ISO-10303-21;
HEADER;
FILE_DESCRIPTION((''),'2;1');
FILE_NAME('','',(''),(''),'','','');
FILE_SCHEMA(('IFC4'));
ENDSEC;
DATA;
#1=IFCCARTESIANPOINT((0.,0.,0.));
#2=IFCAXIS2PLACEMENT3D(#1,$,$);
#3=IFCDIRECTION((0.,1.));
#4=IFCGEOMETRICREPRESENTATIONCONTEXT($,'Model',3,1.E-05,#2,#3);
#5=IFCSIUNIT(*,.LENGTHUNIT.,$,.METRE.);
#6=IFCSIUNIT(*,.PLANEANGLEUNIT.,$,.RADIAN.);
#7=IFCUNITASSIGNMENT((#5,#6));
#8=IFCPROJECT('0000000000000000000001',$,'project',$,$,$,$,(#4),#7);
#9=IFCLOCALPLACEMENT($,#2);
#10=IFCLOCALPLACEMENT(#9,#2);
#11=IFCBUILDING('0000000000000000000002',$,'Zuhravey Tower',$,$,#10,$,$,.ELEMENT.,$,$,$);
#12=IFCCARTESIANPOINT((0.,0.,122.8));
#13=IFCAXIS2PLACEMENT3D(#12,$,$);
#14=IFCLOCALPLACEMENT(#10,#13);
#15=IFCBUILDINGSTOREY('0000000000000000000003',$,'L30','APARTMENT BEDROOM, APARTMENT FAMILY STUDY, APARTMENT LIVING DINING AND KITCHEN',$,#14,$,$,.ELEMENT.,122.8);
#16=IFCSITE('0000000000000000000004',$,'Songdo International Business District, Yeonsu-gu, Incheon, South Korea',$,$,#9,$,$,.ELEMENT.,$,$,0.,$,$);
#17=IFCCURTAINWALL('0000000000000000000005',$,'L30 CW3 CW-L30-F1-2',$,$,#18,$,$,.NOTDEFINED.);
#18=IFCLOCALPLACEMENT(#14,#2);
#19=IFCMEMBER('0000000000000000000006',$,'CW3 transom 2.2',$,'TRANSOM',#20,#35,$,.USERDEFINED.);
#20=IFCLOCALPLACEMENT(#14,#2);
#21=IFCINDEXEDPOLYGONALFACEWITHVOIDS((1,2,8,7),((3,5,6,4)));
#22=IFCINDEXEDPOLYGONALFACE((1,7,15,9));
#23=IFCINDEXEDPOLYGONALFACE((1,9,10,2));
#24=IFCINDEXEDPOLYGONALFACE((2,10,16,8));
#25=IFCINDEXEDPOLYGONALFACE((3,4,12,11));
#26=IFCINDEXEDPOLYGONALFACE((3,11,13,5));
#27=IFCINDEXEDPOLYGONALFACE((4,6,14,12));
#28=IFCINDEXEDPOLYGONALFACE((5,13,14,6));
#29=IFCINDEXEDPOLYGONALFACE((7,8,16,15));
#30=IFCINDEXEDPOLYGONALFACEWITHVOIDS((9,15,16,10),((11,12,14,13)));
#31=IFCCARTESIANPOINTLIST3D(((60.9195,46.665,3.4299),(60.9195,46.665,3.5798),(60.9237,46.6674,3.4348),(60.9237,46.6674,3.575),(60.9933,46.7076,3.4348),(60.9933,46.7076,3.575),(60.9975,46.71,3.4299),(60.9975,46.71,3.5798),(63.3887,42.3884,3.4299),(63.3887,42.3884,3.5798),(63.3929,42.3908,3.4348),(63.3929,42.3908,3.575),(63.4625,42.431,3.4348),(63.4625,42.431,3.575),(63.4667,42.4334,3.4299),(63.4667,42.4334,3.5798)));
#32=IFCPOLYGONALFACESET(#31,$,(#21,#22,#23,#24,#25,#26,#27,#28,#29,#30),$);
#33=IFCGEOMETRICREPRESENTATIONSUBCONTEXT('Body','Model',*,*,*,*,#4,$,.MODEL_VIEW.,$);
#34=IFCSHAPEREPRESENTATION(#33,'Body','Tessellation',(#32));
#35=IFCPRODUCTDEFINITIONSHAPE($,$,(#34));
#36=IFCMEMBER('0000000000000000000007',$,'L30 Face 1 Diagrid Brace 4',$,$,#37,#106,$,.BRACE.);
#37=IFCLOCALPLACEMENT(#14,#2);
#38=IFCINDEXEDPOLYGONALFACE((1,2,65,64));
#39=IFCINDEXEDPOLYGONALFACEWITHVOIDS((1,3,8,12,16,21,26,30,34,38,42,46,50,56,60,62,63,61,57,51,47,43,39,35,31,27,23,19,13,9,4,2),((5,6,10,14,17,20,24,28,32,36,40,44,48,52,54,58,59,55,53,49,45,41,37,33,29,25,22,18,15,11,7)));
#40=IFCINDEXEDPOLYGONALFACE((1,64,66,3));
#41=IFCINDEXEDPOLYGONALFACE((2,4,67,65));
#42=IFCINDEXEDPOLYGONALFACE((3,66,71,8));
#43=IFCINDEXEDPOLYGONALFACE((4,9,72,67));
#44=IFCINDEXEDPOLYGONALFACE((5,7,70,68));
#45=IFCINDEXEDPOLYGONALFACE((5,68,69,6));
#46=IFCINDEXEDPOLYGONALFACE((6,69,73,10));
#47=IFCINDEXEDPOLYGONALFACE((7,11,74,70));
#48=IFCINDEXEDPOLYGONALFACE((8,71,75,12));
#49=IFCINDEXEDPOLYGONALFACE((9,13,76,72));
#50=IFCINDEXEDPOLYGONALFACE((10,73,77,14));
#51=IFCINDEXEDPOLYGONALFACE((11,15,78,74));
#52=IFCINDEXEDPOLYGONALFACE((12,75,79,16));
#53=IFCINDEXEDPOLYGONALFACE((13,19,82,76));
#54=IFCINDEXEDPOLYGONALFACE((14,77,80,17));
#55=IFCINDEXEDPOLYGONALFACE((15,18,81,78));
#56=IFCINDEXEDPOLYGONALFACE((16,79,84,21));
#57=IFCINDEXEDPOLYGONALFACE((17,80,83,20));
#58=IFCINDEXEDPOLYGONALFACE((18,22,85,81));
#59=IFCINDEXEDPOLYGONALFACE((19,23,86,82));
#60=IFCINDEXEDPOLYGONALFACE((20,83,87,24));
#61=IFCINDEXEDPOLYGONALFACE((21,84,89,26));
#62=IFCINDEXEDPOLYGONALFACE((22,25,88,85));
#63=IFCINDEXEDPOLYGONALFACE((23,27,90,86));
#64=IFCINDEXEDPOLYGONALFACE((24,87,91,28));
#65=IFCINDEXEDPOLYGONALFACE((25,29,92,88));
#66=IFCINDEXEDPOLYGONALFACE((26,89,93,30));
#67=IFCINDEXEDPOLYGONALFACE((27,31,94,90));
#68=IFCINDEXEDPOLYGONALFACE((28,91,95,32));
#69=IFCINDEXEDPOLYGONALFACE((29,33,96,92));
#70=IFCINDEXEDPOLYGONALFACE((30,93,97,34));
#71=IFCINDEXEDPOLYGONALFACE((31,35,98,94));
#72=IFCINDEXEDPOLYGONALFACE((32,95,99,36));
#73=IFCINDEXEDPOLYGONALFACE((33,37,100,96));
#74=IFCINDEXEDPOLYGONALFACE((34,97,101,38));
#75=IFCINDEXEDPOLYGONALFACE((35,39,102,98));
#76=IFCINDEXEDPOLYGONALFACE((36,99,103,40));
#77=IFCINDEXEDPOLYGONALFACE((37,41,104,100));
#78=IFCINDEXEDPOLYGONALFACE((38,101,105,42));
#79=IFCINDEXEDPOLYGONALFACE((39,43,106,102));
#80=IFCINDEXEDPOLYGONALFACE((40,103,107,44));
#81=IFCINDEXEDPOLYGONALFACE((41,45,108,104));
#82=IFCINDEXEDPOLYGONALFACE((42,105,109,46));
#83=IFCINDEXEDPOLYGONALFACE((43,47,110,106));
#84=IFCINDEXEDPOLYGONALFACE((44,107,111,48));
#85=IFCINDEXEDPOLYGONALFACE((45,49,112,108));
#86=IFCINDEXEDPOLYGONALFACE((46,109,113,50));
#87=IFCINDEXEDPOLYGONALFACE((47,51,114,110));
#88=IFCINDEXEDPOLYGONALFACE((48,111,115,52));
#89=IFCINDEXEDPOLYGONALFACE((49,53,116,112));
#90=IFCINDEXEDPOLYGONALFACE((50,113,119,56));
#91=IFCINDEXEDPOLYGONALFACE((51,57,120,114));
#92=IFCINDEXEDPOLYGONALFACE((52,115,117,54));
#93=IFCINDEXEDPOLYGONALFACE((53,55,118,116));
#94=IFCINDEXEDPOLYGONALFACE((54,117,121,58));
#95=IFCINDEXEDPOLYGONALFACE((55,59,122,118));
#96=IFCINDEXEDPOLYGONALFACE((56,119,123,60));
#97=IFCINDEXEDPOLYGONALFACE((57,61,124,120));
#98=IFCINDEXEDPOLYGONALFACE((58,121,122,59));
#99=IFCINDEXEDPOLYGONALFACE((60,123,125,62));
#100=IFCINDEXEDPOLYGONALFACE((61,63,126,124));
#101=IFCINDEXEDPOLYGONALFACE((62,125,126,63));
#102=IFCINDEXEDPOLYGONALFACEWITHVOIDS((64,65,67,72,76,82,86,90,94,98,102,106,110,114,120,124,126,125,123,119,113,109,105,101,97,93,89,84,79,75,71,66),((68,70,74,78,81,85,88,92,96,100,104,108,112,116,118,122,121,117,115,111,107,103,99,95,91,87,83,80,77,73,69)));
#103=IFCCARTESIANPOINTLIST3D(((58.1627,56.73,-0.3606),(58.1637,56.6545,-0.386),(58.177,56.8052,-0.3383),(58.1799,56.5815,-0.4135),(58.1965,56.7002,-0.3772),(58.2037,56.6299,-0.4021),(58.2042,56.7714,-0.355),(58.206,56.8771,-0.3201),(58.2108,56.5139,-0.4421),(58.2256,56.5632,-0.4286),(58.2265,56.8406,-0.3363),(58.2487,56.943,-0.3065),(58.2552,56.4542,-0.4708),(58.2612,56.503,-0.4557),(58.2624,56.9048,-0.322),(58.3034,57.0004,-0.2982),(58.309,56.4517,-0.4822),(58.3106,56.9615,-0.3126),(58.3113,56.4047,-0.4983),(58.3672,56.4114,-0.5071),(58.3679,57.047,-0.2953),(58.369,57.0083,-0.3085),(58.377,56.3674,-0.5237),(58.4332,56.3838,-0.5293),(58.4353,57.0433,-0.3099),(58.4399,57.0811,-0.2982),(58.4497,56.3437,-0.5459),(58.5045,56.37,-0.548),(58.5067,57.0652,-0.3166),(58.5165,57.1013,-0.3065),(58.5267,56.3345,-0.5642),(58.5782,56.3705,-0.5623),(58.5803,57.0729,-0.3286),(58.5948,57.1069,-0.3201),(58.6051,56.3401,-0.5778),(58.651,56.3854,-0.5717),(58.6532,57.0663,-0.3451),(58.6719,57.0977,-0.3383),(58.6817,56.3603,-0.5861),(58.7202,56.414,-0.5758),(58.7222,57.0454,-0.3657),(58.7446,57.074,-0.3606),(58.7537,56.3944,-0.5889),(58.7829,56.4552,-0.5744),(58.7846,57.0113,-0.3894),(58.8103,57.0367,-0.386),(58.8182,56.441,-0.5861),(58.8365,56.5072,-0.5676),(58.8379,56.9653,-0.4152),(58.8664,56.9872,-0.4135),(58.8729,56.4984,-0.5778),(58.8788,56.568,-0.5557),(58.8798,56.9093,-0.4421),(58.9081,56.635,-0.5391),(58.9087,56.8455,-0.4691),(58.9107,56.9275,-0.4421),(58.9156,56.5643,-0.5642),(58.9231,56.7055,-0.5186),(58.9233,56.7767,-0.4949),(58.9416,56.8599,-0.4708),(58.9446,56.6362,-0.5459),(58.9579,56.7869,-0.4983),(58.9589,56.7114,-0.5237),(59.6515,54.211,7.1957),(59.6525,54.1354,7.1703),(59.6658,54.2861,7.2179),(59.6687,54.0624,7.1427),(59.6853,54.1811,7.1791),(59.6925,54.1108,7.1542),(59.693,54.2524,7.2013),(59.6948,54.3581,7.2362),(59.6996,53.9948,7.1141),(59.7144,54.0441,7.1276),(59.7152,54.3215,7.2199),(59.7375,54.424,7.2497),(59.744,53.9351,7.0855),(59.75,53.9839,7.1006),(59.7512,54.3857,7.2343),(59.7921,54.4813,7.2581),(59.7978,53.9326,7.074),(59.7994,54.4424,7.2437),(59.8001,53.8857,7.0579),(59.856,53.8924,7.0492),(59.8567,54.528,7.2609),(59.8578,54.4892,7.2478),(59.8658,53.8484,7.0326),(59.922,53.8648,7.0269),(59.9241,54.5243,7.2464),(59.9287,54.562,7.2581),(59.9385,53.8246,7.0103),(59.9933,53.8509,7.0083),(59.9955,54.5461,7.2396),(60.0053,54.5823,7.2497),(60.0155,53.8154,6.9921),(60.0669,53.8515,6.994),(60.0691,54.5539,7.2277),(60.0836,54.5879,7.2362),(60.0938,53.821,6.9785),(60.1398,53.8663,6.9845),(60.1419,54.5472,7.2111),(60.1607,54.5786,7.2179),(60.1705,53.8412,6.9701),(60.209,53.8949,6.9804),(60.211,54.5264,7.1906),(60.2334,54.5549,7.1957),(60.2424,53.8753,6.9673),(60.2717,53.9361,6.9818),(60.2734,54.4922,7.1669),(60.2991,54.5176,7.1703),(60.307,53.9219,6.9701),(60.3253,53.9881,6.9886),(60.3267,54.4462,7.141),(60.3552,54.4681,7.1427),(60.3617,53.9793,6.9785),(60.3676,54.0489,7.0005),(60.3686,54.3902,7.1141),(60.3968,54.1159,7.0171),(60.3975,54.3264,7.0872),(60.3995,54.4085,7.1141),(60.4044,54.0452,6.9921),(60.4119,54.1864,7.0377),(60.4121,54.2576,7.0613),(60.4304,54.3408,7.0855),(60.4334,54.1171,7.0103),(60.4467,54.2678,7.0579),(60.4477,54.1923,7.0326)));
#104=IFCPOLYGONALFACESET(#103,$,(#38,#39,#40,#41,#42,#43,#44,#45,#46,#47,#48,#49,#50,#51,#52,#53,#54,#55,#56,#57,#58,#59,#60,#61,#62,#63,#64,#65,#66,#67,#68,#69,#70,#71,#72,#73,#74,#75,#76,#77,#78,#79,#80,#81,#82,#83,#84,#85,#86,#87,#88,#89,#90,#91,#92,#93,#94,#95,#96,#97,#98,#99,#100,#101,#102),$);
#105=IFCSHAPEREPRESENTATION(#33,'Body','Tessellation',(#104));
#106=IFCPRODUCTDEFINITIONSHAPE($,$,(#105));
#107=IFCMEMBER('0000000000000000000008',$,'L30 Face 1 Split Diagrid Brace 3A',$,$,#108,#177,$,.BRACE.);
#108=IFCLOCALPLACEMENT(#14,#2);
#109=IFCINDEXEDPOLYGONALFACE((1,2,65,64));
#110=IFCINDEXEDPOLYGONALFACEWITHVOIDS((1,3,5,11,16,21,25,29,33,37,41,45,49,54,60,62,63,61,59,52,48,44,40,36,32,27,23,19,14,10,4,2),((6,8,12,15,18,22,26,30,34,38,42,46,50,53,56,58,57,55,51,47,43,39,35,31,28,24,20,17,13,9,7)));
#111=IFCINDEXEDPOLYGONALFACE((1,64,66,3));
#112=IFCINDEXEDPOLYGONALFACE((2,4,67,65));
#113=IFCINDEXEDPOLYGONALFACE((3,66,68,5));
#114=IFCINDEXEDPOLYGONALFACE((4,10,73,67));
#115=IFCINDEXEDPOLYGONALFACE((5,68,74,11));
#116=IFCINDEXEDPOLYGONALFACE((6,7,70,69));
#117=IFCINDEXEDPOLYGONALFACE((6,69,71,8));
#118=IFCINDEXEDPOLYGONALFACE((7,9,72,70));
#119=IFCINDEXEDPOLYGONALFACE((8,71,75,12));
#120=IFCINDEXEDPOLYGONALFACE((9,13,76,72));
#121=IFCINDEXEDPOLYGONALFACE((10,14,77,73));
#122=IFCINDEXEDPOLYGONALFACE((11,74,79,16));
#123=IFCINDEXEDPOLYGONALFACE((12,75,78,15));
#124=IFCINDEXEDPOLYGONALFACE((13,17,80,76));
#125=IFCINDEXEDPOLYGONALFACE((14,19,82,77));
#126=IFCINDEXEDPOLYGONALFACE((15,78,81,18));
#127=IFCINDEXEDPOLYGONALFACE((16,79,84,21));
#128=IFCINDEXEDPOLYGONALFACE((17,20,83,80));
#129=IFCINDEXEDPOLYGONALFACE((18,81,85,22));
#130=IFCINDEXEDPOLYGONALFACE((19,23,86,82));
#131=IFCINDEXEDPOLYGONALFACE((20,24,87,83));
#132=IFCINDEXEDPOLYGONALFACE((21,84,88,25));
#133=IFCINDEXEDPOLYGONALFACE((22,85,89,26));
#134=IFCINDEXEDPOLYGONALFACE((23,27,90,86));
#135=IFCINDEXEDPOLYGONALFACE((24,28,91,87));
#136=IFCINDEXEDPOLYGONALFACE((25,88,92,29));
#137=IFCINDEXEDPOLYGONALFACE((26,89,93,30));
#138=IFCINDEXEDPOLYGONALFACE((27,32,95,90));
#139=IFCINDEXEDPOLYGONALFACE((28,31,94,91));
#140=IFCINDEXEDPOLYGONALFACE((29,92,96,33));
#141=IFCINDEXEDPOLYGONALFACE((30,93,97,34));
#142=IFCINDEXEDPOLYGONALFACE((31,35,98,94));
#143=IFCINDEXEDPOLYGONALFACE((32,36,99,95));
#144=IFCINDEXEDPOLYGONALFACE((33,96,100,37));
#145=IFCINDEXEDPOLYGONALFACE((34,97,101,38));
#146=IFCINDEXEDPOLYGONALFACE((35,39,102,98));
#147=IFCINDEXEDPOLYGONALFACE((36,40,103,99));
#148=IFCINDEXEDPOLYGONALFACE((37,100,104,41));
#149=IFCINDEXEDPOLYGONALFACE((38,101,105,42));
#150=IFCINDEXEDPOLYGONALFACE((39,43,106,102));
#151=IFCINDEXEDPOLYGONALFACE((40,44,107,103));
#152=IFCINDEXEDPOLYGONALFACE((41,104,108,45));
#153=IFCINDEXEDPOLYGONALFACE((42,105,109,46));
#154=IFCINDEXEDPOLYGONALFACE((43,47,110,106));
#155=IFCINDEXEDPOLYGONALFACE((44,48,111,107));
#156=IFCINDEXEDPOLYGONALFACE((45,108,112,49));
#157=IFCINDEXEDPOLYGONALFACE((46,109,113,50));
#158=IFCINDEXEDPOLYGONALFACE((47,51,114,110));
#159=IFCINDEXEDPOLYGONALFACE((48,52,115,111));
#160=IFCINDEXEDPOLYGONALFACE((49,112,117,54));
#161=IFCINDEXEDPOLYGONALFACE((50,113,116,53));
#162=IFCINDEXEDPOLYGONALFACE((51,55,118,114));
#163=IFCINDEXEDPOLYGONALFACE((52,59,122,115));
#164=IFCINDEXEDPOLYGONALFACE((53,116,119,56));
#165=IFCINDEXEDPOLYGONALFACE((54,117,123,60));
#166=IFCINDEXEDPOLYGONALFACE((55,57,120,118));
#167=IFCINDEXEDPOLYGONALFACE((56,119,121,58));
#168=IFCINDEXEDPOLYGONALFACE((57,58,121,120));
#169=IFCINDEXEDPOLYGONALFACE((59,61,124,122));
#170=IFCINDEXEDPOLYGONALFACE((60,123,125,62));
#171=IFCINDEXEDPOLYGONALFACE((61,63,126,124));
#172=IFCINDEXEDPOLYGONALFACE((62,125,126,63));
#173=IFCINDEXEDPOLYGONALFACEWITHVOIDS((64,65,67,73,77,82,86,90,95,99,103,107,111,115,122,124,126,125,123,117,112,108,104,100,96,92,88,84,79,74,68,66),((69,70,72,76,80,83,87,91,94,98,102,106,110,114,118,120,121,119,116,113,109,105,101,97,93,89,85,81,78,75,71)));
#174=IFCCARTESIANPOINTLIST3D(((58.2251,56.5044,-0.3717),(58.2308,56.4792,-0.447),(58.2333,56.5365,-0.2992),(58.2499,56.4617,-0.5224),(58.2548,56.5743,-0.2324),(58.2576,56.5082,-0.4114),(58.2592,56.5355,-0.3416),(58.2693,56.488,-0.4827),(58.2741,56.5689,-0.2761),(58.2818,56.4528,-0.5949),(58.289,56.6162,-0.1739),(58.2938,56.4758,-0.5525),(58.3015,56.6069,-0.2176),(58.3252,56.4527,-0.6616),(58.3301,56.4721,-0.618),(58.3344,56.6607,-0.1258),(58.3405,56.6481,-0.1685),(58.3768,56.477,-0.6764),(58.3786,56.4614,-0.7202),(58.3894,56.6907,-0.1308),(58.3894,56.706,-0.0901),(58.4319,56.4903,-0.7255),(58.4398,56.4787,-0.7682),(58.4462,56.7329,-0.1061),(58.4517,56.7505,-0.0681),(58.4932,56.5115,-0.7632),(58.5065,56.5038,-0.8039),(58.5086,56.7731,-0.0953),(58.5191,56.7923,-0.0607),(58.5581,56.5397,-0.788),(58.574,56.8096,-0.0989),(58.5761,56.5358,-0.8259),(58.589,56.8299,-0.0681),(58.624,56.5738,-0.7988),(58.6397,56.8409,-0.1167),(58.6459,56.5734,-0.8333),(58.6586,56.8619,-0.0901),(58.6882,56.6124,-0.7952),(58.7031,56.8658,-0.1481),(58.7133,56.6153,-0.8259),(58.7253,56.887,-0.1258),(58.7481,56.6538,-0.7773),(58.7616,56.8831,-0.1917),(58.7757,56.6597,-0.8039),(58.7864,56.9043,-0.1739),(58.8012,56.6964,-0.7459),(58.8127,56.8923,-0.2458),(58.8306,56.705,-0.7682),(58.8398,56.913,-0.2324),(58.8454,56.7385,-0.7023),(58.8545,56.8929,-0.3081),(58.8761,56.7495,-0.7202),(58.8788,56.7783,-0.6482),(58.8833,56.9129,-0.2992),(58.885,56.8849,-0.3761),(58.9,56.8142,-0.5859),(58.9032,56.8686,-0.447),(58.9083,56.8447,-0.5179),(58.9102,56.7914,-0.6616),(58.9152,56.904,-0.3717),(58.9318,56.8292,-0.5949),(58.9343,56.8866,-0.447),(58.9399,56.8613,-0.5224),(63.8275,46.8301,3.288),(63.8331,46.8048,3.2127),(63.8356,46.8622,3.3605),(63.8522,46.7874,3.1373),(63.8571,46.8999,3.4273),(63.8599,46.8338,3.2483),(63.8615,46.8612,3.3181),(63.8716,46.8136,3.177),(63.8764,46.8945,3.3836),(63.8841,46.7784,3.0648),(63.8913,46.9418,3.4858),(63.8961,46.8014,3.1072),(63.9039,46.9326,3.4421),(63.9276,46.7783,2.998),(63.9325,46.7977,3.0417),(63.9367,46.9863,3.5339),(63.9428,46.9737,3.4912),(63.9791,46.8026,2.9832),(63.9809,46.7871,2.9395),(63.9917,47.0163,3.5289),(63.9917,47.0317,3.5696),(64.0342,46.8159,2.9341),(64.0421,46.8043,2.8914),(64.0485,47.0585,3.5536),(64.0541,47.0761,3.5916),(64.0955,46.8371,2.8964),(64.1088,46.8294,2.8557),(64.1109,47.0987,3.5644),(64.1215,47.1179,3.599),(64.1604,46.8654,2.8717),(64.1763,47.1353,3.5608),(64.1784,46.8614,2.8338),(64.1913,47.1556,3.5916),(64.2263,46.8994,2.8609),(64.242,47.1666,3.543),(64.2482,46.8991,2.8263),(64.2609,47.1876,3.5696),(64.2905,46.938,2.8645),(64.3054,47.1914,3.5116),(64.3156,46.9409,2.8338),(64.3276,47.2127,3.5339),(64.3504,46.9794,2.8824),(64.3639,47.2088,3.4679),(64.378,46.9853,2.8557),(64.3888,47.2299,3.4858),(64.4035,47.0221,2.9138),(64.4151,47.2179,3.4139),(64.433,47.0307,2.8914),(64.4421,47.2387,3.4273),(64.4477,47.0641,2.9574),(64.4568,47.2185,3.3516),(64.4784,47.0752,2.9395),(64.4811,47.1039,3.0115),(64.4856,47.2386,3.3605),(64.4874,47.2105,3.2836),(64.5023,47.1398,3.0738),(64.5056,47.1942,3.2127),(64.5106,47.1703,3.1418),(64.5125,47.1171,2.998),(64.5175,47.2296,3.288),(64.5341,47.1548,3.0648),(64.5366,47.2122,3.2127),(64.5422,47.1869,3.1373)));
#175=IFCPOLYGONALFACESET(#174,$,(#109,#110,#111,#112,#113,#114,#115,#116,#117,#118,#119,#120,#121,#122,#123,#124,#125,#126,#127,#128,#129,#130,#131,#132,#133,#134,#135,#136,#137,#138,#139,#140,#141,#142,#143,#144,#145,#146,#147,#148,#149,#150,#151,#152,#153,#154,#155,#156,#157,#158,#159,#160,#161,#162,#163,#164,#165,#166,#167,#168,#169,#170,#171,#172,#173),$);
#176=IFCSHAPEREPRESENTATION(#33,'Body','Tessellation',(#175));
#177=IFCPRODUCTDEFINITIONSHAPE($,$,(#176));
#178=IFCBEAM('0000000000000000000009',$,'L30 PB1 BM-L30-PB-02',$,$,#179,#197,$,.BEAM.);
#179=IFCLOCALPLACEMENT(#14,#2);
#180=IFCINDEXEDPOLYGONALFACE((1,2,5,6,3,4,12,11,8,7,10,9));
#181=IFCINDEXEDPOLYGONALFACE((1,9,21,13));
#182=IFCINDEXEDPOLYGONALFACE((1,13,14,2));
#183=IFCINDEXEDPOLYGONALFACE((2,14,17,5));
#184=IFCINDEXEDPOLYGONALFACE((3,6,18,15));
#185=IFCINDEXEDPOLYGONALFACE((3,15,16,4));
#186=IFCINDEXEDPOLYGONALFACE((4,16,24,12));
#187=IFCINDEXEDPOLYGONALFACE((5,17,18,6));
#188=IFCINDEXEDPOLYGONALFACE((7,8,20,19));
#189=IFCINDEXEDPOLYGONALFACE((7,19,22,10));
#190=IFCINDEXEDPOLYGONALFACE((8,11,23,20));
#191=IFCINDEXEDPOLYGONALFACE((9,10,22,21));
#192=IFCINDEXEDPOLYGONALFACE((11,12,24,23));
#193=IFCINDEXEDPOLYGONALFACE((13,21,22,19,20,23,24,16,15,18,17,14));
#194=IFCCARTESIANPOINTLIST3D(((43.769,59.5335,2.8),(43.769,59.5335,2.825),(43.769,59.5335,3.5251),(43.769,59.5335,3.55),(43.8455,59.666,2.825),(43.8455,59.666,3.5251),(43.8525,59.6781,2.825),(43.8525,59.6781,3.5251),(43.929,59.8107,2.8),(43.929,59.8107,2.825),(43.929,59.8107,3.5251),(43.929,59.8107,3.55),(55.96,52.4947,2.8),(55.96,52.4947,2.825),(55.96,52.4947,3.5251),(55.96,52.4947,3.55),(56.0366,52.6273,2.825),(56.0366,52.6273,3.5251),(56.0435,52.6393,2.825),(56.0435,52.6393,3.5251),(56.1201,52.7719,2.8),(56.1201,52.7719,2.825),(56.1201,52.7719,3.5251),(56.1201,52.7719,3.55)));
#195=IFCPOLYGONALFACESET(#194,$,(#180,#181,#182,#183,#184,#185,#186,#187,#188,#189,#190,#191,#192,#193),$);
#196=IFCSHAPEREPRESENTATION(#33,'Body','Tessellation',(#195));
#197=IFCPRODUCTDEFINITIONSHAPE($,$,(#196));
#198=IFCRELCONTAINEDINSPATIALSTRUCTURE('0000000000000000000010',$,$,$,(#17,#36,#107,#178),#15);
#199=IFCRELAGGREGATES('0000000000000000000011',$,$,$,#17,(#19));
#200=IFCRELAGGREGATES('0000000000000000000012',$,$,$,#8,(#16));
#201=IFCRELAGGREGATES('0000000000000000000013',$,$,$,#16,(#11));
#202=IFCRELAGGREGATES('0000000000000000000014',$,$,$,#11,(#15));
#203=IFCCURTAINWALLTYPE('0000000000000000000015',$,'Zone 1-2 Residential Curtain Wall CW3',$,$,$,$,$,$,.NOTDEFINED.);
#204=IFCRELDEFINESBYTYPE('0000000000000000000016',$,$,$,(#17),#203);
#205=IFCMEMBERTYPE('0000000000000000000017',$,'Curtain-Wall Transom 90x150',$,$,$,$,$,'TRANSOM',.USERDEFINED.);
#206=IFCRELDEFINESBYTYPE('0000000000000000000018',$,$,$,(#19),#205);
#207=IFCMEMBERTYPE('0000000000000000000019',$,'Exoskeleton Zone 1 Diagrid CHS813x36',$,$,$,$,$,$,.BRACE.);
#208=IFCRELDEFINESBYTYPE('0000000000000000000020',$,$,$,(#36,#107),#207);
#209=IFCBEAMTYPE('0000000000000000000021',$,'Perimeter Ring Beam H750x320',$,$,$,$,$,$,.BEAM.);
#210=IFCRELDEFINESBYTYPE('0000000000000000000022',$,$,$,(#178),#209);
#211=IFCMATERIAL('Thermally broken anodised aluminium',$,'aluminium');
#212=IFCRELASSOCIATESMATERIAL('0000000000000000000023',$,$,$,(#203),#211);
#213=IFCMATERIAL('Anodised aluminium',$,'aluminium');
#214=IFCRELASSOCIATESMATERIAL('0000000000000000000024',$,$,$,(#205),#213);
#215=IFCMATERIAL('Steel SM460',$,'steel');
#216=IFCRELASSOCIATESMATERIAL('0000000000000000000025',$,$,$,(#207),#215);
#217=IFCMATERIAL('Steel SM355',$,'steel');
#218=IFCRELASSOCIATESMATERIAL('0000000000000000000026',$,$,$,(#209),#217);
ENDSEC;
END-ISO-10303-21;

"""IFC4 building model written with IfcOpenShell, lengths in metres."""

from ifc_helpers import new_model, si_unit, direction, frame, origin, origin_2d, place, context, subcontext, project, spatial, hollow_rectangle, hollow_circle, i_section, extrude, material, material_profile, profile_set, type_object, element, aggregate, save


model = new_model("IFC4")

# Units and contexts
model_context = context("Model", 3, precision=1e-05, world=origin(), true_north=direction((0.0, 1.0)))
body_context = subcontext(model_context, "Body", "Model", "MODEL_VIEW")
ifc_project = project(units=[si_unit("LENGTHUNIT", "METRE"), si_unit("PLANEANGLEUNIT", "RADIAN")], contexts=[model_context])

# Site, building, storey
site_placement = place(None, origin())
site = spatial("IfcSite", under=ifc_project, at=site_placement, Name="Songdo International Business District, Yeonsu-gu, Incheon, South Korea", CompositionType="ELEMENT", RefElevation=0.0)
building_placement = place(site_placement, origin())
building = spatial("IfcBuilding", under=site, at=building_placement, Name="Zuhravey Tower", CompositionType="ELEMENT")
storey_placement = place(building_placement, frame((0.0, 0.0, 122.8)))
storey = spatial("IfcBuildingStorey", under=building, at=storey_placement, Name="L30", Description="APARTMENT BEDROOM, APARTMENT FAMILY STUDY, APARTMENT LIVING DINING AND KITCHEN", CompositionType="ELEMENT", Elevation=122.8)

# Shared definitions
ifc_material_1 = material(Name="Thermally broken anodised aluminium", Category="aluminium")
curtain_wall_type = type_object("IfcCurtainWallType", Name="Zone 1-2 Residential Curtain Wall CW3", PredefinedType="NOTDEFINED", material=ifc_material_1)
ifc_material_2 = material(Name="Anodised aluminium", Category="aluminium")

# Curtain wall
curtain_wall_1_placement = place(storey_placement, origin())
curtain_wall_1 = element("IfcCurtainWall", 1, at=curtain_wall_1_placement, inside=storey, type_object=curtain_wall_type, Name="L30 CW3 CW-L30-F1-2", PredefinedType="NOTDEFINED")

# Member
ifc_material_profile_1 = material_profile(ifc_material_2, hollow_rectangle(XDim=0.0901, YDim=0.1499, WallThickness=0.0049, at=origin_2d()), Name="ALU-RHS-90x150x5")
ifc_profile_set_1 = profile_set([ifc_material_profile_1], Name="Anodised aluminium")
member_type_1 = type_object("IfcMemberType", Name="Curtain-Wall Transom 90x150", ElementType="TRANSOM", PredefinedType="USERDEFINED", material=ifc_profile_set_1)
member_1_placement = place(storey_placement, frame((60.9585, 46.6875, 3.5049), z_axis=(0.500021, -0.866014, 0.0), x_axis=(0.866014, 0.500021, 0.0)))
member_1 = element("IfcMember", 2, at=member_1_placement, type_object=member_type_1, Name="CW3 transom 2.2", ObjectType="TRANSOM", PredefinedType="USERDEFINED", context=body_context, shape_type="SweptSolid", body=[
    extrude(hollow_rectangle(XDim=0.0901, YDim=0.1499, WallThickness=0.0049, at=origin_2d()), origin(), (0.0, 0.0, 1.0), 4.9382),
])

# Members
ifc_material_3 = material(Name="Steel SM460", Category="steel")
ifc_material_profile_2 = material_profile(ifc_material_3, hollow_circle(Radius=0.4065, WallThickness=0.0359, at=origin_2d()), Name="CHS-812.8x36")
ifc_profile_set_2 = profile_set([ifc_material_profile_2], Name="Steel SM460")
member_type_2 = type_object("IfcMemberType", Name="Exoskeleton Zone 1 Diagrid CHS813x36", PredefinedType="BRACE", material=ifc_profile_set_2)
member_2_placement = place(storey_placement, frame((58.5608, 56.7207, -0.4421), z_axis=(0.183732, -0.310881, 0.932521), x_axis=(0.86089, 0.508791, 0.0)))
element("IfcMember", 3, at=member_2_placement, inside=storey, type_object=member_type_2, Name="L30 Face 1 Diagrid Brace 4", PredefinedType="BRACE", context=body_context, shape_type="SweptSolid", body=[
    extrude(hollow_circle(Radius=0.4065, WallThickness=0.0359, at=origin_2d()), origin(), (0.0, 0.0, 1.0), 8.103),
])
member_3_placement = place(storey_placement, frame((58.5825, 56.6829, -0.447), z_axis=(0.476259, -0.822427, 0.311113), x_axis=(0.865373, 0.501128, 0.0)))
element("IfcMember", 4, at=member_3_placement, inside=storey, type_object=member_type_2, Name="L30 Face 1 Split Diagrid Brace 3A", PredefinedType="BRACE", context=body_context, shape_type="SweptSolid", body=[
    extrude(hollow_circle(Radius=0.4065, WallThickness=0.0359, at=origin_2d()), origin(), (0.0, 0.0, 1.0), 11.7632),
])

# Beam
ifc_material_4 = material(Name="Steel SM355", Category="steel")
ifc_material_profile_3 = material_profile(ifc_material_4, i_section(OverallWidth=0.3201, OverallDepth=0.75, WebThickness=0.0139, FlangeThickness=0.0249, at=origin_2d()), Name="H-750x320x14x25")
ifc_profile_set_3 = profile_set([ifc_material_profile_3], Name="Steel SM355")
beam_type_1 = type_object("IfcBeamType", Name="Perimeter Ring Beam H750x320", PredefinedType="BEAM", material=ifc_profile_set_3)
beam_1_placement = place(storey_placement, frame((56.04, 52.6333, 3.175), z_axis=(-0.866018, 0.500013, 0.0), x_axis=(-0.500013, -0.866018, 0.0)))
element("IfcBeam", 5, at=beam_1_placement, inside=storey, type_object=beam_type_1, Name="L30 PB1 BM-L30-PB-02", PredefinedType="BEAM", context=body_context, shape_type="SweptSolid", body=[
    extrude(i_section(OverallWidth=0.3201, OverallDepth=0.75, WebThickness=0.0139, FlangeThickness=0.0249, at=origin_2d()), origin(), (0.0, 0.0, 1.0), 14.0771),
])

aggregate(curtain_wall_1, [member_1])

save(model, "model.ifc")
